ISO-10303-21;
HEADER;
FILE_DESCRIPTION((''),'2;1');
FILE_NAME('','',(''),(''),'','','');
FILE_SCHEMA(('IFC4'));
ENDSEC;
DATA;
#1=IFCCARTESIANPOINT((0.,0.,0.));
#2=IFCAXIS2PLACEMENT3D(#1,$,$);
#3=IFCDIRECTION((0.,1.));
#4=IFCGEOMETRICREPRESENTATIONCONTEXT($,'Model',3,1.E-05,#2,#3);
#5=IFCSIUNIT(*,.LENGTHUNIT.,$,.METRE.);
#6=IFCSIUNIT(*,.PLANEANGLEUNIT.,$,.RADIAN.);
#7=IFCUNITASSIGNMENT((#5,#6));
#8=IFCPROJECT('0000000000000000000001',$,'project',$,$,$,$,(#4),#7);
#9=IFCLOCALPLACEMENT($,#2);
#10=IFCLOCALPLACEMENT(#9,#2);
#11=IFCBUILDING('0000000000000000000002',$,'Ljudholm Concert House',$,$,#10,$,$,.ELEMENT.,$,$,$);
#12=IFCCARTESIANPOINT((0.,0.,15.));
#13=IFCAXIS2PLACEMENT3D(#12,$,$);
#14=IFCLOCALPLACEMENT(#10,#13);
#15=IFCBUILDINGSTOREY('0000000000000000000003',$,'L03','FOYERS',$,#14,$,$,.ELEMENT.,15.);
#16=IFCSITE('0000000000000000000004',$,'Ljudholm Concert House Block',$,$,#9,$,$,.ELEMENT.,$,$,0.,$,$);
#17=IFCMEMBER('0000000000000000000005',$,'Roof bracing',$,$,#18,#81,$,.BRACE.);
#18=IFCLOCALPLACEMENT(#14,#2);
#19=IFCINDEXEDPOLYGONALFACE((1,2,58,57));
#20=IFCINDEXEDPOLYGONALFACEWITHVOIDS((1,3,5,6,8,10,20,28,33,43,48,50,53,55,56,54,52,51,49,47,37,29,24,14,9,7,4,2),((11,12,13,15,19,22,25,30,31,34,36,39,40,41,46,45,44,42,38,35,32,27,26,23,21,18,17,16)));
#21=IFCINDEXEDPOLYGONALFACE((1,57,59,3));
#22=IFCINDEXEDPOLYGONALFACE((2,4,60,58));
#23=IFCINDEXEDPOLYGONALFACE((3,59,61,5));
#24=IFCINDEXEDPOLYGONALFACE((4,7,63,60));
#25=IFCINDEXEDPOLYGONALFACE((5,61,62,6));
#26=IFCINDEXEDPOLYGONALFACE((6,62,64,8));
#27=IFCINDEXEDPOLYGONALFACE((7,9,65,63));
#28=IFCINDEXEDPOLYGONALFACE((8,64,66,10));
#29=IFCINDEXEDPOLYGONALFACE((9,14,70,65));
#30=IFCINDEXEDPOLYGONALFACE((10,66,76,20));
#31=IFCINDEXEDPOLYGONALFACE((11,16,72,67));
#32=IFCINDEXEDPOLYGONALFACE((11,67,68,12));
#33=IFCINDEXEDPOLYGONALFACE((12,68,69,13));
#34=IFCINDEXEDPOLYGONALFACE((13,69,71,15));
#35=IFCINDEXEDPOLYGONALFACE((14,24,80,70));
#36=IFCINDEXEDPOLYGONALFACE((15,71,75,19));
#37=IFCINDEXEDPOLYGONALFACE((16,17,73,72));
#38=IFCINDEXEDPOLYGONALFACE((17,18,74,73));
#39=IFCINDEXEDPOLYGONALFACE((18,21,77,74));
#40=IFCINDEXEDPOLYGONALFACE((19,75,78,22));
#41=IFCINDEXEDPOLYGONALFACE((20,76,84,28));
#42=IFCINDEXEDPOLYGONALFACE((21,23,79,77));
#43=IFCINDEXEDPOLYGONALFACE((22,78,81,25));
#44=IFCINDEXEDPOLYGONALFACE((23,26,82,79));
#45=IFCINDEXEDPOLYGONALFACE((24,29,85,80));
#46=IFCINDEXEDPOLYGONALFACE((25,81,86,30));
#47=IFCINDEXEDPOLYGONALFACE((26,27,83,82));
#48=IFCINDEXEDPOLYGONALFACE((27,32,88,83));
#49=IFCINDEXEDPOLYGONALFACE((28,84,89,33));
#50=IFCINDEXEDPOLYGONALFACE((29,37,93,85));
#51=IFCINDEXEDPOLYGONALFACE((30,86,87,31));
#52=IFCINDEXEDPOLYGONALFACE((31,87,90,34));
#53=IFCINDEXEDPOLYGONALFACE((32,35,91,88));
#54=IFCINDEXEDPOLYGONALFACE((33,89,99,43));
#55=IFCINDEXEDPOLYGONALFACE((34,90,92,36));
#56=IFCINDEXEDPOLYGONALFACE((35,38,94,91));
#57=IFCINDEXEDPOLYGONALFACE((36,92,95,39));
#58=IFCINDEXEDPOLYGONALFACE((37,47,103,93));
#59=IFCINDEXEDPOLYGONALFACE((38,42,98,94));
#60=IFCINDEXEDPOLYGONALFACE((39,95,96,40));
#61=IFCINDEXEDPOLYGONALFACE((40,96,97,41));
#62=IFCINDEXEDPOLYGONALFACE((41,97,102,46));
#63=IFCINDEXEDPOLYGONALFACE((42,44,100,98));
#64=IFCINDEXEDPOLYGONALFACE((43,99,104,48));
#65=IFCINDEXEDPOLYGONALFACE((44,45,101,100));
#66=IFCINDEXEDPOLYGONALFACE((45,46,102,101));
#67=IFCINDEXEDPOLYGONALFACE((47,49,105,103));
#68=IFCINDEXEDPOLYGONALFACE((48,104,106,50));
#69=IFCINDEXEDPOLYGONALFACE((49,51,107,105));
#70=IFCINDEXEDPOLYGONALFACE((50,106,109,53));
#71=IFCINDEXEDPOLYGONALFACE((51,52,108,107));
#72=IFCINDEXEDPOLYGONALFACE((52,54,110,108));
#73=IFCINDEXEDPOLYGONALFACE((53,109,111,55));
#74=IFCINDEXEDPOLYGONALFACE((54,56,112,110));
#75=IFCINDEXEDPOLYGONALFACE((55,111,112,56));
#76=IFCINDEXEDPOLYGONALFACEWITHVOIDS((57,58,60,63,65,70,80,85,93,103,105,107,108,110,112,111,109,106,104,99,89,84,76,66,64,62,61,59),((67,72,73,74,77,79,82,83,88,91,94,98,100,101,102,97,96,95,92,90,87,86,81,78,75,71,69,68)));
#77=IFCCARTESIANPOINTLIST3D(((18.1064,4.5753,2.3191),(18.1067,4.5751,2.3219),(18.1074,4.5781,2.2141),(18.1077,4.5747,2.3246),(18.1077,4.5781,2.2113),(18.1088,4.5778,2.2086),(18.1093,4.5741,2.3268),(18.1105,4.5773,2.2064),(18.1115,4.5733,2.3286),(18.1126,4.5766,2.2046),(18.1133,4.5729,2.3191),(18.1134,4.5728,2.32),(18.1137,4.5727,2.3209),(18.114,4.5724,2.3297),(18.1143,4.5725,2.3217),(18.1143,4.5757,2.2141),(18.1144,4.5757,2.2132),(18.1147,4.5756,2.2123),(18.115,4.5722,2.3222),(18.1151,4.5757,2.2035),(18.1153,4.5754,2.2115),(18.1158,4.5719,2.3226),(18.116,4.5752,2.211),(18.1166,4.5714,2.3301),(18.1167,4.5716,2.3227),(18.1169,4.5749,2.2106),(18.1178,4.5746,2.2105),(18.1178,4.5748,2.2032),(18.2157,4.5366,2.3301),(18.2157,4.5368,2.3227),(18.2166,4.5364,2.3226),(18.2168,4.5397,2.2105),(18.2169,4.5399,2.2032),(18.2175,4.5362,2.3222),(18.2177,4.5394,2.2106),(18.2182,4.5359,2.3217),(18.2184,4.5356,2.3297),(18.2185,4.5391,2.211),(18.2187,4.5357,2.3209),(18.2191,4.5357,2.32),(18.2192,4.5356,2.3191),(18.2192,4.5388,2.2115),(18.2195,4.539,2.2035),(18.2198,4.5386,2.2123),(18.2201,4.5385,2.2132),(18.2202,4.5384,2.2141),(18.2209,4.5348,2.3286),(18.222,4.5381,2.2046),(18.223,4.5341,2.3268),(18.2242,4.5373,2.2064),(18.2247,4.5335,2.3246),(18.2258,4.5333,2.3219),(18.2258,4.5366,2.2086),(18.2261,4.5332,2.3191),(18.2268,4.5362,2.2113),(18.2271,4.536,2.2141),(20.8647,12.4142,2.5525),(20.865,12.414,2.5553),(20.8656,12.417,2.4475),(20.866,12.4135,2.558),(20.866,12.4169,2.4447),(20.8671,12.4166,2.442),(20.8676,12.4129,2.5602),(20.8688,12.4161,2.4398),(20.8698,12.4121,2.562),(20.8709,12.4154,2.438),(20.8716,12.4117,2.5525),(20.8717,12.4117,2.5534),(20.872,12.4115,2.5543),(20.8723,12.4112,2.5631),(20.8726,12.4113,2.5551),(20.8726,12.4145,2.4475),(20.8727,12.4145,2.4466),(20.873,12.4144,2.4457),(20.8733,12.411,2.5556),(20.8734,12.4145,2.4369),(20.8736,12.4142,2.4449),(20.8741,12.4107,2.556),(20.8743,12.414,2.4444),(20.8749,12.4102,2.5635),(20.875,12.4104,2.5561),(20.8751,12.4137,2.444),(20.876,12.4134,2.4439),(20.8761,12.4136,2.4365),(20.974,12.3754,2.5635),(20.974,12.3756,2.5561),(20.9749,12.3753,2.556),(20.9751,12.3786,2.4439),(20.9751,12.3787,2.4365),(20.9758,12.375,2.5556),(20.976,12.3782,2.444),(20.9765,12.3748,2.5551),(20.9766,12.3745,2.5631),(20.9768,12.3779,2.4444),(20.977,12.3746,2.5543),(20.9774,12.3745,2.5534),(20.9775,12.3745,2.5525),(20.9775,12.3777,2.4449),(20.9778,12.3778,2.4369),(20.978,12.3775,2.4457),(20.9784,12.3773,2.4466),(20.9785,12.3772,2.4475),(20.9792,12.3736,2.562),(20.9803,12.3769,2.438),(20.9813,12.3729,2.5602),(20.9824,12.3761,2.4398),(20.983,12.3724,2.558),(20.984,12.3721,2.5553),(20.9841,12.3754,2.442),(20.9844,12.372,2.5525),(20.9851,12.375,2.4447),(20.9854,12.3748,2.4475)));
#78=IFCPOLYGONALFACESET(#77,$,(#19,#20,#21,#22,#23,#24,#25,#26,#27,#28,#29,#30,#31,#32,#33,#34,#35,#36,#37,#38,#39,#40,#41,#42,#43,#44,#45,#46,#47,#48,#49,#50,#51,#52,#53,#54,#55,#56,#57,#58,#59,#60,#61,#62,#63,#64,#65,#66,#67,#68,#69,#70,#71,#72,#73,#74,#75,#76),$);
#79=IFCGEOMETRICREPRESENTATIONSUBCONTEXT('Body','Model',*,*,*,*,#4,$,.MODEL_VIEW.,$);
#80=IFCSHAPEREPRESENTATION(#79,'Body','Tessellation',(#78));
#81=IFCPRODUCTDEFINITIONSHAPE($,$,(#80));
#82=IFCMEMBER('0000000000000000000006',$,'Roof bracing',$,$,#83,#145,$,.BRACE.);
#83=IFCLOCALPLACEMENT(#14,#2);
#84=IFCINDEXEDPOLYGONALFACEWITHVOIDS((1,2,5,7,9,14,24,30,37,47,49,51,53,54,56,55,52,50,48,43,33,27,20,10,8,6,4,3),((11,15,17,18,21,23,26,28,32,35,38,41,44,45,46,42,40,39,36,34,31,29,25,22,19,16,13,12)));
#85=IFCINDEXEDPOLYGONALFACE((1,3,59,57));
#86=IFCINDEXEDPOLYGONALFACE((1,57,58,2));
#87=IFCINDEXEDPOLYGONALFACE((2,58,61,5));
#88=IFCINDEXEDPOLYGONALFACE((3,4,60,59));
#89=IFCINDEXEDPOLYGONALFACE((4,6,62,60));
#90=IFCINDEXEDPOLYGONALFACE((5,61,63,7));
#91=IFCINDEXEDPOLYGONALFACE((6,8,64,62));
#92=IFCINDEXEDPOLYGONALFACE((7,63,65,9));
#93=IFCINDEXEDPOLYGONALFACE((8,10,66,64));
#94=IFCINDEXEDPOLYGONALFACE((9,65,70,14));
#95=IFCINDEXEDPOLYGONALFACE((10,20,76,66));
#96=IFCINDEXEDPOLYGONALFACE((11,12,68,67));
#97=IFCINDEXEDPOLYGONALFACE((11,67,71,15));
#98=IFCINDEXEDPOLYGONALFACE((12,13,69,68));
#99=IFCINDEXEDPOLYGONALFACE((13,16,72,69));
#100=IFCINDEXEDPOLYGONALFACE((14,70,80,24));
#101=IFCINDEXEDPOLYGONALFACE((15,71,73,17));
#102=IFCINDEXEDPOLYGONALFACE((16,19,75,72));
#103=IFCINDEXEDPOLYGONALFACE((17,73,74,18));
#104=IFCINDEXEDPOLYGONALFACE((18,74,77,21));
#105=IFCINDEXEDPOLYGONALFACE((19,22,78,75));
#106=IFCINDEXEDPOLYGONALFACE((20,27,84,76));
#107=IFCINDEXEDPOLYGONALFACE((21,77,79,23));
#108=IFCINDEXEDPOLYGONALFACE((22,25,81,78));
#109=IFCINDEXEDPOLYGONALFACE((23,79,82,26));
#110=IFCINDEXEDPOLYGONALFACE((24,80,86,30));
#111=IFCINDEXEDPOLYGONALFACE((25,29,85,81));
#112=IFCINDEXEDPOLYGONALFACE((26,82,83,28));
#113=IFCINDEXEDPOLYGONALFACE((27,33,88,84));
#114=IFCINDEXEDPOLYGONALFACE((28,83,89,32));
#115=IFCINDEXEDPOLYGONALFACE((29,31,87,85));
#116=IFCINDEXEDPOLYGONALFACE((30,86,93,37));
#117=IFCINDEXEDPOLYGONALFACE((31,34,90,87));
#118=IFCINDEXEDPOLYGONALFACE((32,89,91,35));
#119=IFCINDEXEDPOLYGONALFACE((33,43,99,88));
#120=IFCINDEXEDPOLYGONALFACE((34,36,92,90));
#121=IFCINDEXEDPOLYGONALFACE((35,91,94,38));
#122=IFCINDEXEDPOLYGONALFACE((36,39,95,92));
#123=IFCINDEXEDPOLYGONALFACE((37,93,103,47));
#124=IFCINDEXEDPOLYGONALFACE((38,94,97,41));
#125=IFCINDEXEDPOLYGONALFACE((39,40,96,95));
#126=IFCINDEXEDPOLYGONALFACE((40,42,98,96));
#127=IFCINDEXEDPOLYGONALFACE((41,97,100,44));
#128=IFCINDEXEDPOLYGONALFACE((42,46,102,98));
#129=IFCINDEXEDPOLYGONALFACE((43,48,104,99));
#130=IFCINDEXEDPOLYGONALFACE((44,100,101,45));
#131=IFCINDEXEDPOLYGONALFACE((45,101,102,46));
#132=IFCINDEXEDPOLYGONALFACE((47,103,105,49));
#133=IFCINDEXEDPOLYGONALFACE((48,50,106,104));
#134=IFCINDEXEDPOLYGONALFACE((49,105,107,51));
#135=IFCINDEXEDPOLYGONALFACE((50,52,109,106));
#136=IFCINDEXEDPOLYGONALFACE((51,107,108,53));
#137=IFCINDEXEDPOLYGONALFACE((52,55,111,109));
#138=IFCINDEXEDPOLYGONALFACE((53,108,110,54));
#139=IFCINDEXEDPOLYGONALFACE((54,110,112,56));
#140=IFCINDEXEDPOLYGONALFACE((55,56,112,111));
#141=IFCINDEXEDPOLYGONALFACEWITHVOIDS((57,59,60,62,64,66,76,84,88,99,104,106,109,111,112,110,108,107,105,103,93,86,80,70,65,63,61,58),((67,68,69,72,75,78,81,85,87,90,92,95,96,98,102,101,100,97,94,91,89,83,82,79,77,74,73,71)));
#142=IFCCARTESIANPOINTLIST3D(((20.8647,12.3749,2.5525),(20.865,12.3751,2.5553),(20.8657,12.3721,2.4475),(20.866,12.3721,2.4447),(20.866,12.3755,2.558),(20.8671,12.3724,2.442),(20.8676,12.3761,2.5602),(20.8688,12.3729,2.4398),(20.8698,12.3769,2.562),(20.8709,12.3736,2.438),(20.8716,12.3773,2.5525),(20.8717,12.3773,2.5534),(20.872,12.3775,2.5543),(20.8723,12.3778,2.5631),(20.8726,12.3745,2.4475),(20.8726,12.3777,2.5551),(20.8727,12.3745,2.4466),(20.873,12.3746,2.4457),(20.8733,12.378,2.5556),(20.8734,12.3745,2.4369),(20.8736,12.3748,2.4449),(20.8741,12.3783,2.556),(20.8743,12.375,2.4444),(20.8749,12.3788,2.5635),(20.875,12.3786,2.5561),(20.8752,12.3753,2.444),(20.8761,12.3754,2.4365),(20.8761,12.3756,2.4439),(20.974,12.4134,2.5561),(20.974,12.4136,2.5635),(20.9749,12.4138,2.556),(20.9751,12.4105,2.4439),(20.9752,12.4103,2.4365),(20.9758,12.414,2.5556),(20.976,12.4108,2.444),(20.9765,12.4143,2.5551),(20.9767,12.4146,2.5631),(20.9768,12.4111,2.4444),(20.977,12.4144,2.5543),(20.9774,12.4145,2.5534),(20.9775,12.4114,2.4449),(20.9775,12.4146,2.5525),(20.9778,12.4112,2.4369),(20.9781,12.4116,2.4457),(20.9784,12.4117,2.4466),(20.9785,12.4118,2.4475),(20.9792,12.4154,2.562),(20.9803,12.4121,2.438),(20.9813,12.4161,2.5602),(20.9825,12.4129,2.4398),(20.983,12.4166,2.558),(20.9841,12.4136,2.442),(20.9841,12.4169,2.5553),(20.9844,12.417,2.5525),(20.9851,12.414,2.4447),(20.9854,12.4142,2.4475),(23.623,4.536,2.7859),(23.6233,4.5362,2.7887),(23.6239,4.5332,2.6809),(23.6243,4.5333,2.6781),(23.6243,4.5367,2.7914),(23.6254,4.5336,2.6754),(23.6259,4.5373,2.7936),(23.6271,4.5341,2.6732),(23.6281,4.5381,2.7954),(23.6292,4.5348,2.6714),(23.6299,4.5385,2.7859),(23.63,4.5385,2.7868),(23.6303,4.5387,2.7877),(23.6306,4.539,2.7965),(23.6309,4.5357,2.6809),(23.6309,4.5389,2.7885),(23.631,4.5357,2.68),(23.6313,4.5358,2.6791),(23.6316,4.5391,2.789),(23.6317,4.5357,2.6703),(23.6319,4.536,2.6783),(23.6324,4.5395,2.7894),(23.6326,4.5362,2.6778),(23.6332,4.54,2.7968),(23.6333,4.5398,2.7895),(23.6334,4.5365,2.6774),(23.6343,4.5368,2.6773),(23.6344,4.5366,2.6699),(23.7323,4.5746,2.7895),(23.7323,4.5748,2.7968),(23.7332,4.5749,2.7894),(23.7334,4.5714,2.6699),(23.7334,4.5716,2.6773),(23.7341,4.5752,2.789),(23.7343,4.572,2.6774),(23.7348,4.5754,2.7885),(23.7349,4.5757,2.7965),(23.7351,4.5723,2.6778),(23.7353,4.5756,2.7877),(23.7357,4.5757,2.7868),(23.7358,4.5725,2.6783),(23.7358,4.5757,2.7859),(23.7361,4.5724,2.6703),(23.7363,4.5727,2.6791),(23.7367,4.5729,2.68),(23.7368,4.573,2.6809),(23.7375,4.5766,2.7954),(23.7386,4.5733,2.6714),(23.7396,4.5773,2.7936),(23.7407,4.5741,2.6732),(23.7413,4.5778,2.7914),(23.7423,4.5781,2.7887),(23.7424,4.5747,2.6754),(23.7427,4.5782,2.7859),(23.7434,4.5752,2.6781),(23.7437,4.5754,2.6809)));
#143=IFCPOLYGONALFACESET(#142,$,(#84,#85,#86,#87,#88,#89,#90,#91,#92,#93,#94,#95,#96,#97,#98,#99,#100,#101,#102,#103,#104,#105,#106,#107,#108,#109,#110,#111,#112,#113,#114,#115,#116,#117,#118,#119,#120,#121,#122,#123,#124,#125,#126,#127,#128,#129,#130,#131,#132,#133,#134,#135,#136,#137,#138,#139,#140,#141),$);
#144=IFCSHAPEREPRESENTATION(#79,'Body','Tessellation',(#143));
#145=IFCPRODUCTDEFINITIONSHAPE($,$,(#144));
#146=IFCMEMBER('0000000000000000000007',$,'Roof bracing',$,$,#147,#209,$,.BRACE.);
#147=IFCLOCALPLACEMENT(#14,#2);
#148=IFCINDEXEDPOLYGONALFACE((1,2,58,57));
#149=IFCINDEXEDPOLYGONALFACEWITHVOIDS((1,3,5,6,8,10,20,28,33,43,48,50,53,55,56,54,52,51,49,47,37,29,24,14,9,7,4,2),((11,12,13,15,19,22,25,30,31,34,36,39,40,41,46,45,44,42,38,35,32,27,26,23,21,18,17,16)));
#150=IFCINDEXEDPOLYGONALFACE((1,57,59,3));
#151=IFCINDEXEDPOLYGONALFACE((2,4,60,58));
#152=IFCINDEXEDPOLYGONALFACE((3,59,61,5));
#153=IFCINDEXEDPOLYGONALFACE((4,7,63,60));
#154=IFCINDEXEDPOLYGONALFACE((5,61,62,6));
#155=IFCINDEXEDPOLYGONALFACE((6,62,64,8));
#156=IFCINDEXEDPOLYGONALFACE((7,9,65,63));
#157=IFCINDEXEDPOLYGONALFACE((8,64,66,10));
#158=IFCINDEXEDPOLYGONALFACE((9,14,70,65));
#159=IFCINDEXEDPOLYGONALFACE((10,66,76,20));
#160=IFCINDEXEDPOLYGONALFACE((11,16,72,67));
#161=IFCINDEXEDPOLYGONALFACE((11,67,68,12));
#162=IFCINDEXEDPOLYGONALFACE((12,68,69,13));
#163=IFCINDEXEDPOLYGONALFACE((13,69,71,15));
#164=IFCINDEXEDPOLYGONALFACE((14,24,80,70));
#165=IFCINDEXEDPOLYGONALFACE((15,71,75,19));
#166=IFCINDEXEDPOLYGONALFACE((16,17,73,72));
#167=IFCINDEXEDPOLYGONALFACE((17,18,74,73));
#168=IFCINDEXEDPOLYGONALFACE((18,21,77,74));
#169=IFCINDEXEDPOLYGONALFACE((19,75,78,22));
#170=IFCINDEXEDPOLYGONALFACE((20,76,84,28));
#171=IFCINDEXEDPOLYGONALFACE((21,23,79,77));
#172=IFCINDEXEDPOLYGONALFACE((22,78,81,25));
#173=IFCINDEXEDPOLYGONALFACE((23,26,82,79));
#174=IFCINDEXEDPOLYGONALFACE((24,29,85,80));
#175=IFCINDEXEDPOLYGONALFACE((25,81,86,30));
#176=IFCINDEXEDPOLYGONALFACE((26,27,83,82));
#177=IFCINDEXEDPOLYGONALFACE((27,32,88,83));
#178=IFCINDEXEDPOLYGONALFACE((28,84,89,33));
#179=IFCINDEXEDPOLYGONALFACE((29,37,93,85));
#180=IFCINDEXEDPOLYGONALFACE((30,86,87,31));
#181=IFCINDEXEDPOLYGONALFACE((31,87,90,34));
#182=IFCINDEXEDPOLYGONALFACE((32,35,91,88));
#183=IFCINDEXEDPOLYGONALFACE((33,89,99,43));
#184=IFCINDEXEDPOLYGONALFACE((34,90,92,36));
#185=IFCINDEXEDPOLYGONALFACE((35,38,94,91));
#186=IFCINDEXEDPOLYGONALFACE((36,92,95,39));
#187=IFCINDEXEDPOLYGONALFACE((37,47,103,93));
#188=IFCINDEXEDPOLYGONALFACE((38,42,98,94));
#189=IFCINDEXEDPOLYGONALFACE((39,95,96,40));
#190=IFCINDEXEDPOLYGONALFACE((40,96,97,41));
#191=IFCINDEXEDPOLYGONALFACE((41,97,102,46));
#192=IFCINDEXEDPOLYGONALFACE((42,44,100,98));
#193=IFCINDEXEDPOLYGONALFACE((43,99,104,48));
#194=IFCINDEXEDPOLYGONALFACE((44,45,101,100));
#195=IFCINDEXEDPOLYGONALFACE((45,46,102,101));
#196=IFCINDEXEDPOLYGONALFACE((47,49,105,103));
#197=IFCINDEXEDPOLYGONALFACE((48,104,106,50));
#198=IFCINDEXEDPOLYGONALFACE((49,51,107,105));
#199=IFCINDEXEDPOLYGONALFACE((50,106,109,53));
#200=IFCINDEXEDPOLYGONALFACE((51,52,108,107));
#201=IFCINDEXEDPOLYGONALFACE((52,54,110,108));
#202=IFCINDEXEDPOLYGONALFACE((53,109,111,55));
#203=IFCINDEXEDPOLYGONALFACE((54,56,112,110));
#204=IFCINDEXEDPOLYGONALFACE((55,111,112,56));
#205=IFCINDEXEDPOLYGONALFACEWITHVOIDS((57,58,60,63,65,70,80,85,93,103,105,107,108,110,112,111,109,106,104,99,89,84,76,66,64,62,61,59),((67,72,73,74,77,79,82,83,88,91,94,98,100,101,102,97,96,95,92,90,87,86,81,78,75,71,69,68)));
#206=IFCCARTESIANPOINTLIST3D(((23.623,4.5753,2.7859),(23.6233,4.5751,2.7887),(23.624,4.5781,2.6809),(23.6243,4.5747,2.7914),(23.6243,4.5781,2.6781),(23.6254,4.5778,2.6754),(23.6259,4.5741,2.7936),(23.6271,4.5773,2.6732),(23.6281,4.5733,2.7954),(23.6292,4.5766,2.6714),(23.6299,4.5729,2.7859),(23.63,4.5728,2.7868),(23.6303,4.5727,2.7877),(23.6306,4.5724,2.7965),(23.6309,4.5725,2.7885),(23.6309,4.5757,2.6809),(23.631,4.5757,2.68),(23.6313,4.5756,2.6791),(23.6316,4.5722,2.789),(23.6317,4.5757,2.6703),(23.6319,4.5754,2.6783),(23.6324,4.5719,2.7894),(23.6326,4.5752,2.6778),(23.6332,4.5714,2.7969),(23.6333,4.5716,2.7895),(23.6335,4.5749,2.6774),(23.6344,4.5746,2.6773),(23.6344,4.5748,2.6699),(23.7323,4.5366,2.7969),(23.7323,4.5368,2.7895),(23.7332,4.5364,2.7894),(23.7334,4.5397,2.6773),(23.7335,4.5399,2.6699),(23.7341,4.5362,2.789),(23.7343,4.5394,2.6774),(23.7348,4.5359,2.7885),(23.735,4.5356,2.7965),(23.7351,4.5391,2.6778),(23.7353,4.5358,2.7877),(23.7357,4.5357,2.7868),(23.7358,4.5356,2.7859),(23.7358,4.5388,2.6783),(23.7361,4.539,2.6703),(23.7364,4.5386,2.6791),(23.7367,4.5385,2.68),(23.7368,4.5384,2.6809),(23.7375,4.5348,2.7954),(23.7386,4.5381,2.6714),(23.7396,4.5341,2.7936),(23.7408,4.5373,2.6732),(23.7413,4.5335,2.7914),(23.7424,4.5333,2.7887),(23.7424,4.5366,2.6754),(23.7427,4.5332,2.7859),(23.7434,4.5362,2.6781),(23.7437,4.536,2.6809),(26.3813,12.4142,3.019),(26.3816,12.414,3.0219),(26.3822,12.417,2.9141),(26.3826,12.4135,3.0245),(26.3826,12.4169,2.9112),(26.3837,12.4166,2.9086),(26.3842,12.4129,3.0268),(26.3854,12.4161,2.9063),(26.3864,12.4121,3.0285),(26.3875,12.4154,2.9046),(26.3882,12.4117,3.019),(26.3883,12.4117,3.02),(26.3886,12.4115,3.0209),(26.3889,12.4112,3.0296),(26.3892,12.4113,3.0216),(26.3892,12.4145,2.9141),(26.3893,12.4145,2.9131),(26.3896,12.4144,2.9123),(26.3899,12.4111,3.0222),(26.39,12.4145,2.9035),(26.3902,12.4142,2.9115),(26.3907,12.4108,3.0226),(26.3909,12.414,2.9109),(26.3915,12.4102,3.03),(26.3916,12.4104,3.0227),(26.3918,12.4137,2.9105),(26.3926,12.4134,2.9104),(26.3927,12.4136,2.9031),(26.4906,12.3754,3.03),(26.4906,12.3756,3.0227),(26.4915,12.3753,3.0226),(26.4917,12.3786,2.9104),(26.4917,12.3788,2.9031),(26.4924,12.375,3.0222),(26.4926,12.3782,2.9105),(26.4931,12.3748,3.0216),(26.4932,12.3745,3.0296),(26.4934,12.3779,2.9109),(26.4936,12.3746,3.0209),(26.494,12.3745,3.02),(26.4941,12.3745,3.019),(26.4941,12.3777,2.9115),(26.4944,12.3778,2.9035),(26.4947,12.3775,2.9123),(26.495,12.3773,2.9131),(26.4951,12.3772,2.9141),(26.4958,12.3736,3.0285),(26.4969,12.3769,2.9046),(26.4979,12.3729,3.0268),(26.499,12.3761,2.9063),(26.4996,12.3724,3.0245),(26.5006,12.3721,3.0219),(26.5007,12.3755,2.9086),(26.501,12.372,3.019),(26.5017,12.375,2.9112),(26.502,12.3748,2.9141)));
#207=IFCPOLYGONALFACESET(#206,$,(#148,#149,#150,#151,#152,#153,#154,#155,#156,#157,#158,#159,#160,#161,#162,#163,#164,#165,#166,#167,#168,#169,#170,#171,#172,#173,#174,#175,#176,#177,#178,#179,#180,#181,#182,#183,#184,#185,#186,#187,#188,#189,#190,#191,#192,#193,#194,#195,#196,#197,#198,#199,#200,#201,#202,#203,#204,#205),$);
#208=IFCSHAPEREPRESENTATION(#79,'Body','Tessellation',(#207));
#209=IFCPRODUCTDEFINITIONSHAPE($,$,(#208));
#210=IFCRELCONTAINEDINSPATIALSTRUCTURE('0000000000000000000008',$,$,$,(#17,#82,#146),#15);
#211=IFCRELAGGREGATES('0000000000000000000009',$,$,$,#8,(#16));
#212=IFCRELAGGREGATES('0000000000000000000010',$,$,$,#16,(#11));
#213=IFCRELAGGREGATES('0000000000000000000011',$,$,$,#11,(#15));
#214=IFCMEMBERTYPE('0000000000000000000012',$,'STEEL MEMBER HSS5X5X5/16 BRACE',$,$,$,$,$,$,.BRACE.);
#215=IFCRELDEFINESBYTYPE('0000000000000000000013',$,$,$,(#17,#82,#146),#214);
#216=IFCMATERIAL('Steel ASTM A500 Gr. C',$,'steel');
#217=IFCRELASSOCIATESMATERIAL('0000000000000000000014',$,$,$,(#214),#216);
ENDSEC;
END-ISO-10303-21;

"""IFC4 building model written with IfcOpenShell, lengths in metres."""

from ifc_helpers import new_model, si_unit, direction, frame, origin, origin_2d, place, context, subcontext, project, spatial, hollow_rectangle, extrude, material, material_profile, profile_set, type_object, element, save


model = new_model("IFC4")

# Units and contexts
model_context = context("Model", 3, precision=1e-05, world=origin(), true_north=direction((0.0, 1.0)))
body_context = subcontext(model_context, "Body", "Model", "MODEL_VIEW")
ifc_project = project(units=[si_unit("LENGTHUNIT", "METRE"), si_unit("PLANEANGLEUNIT", "RADIAN")], contexts=[model_context])

# Site, building, storey
site_placement = place(None, origin())
site = spatial("IfcSite", under=ifc_project, at=site_placement, Name="Ljudholm Concert House Block", CompositionType="ELEMENT", RefElevation=0.0)
building_placement = place(site_placement, origin())
building = spatial("IfcBuilding", under=site, at=building_placement, Name="Ljudholm Concert House", CompositionType="ELEMENT")
storey_placement = place(building_placement, frame((0.0, 0.0, 15.0)))
storey = spatial("IfcBuildingStorey", under=building, at=storey_placement, Name="L03", Description="FOYERS", CompositionType="ELEMENT", Elevation=15.0)

# Members
ifc_material_1 = material(Name="Steel ASTM A500 Gr. C", Category="steel")
ifc_material_profile_1 = material_profile(ifc_material_1, hollow_rectangle(XDim=0.127, YDim=0.127, WallThickness=0.0073, InnerFilletRadius=0.0037, OuterFilletRadius=0.011, at=origin_2d()), Name="HSS5X5X5/16")
ifc_profile_set_1 = profile_set([ifc_material_profile_1], Name="Steel ASTM A500 Gr. C")
member_type_1 = type_object("IfcMemberType", Name="STEEL MEMBER HSS5X5X5/16 BRACE", PredefinedType="BRACE", material=ifc_profile_set_1)
for number, where, z_axis, x_axis, name in (
    (1, (18.1667, 4.5557, 2.2666), (0.331795, 0.942934, 0.028075), (-0.943306, 0.331926, 0.0), "Roof bracing"),
    (2, (20.925, 12.3945, 2.5), (0.331795, -0.942934, 0.028075), (0.943306, 0.331926, 0.0), "Roof bracing"),
    (3, (23.6833, 4.5557, 2.7334), (0.331795, 0.942935, 0.028046), (-0.943306, 0.331926, 0.0), "Roof bracing"),
):
    element("IfcMember", number, at=place(storey_placement, frame(where, z_axis=z_axis, x_axis=x_axis)), inside=storey, type_object=member_type_1, Name=name, PredefinedType="BRACE", context=body_context, shape_type="SweptSolid", body=[
        extrude(hollow_rectangle(XDim=0.127, YDim=0.127, WallThickness=0.0073, InnerFilletRadius=0.0037, OuterFilletRadius=0.011, at=origin_2d()), origin(), (0.0, 0.0, 1.0), 8.3132),
    ])

save(model, "model.ifc")
